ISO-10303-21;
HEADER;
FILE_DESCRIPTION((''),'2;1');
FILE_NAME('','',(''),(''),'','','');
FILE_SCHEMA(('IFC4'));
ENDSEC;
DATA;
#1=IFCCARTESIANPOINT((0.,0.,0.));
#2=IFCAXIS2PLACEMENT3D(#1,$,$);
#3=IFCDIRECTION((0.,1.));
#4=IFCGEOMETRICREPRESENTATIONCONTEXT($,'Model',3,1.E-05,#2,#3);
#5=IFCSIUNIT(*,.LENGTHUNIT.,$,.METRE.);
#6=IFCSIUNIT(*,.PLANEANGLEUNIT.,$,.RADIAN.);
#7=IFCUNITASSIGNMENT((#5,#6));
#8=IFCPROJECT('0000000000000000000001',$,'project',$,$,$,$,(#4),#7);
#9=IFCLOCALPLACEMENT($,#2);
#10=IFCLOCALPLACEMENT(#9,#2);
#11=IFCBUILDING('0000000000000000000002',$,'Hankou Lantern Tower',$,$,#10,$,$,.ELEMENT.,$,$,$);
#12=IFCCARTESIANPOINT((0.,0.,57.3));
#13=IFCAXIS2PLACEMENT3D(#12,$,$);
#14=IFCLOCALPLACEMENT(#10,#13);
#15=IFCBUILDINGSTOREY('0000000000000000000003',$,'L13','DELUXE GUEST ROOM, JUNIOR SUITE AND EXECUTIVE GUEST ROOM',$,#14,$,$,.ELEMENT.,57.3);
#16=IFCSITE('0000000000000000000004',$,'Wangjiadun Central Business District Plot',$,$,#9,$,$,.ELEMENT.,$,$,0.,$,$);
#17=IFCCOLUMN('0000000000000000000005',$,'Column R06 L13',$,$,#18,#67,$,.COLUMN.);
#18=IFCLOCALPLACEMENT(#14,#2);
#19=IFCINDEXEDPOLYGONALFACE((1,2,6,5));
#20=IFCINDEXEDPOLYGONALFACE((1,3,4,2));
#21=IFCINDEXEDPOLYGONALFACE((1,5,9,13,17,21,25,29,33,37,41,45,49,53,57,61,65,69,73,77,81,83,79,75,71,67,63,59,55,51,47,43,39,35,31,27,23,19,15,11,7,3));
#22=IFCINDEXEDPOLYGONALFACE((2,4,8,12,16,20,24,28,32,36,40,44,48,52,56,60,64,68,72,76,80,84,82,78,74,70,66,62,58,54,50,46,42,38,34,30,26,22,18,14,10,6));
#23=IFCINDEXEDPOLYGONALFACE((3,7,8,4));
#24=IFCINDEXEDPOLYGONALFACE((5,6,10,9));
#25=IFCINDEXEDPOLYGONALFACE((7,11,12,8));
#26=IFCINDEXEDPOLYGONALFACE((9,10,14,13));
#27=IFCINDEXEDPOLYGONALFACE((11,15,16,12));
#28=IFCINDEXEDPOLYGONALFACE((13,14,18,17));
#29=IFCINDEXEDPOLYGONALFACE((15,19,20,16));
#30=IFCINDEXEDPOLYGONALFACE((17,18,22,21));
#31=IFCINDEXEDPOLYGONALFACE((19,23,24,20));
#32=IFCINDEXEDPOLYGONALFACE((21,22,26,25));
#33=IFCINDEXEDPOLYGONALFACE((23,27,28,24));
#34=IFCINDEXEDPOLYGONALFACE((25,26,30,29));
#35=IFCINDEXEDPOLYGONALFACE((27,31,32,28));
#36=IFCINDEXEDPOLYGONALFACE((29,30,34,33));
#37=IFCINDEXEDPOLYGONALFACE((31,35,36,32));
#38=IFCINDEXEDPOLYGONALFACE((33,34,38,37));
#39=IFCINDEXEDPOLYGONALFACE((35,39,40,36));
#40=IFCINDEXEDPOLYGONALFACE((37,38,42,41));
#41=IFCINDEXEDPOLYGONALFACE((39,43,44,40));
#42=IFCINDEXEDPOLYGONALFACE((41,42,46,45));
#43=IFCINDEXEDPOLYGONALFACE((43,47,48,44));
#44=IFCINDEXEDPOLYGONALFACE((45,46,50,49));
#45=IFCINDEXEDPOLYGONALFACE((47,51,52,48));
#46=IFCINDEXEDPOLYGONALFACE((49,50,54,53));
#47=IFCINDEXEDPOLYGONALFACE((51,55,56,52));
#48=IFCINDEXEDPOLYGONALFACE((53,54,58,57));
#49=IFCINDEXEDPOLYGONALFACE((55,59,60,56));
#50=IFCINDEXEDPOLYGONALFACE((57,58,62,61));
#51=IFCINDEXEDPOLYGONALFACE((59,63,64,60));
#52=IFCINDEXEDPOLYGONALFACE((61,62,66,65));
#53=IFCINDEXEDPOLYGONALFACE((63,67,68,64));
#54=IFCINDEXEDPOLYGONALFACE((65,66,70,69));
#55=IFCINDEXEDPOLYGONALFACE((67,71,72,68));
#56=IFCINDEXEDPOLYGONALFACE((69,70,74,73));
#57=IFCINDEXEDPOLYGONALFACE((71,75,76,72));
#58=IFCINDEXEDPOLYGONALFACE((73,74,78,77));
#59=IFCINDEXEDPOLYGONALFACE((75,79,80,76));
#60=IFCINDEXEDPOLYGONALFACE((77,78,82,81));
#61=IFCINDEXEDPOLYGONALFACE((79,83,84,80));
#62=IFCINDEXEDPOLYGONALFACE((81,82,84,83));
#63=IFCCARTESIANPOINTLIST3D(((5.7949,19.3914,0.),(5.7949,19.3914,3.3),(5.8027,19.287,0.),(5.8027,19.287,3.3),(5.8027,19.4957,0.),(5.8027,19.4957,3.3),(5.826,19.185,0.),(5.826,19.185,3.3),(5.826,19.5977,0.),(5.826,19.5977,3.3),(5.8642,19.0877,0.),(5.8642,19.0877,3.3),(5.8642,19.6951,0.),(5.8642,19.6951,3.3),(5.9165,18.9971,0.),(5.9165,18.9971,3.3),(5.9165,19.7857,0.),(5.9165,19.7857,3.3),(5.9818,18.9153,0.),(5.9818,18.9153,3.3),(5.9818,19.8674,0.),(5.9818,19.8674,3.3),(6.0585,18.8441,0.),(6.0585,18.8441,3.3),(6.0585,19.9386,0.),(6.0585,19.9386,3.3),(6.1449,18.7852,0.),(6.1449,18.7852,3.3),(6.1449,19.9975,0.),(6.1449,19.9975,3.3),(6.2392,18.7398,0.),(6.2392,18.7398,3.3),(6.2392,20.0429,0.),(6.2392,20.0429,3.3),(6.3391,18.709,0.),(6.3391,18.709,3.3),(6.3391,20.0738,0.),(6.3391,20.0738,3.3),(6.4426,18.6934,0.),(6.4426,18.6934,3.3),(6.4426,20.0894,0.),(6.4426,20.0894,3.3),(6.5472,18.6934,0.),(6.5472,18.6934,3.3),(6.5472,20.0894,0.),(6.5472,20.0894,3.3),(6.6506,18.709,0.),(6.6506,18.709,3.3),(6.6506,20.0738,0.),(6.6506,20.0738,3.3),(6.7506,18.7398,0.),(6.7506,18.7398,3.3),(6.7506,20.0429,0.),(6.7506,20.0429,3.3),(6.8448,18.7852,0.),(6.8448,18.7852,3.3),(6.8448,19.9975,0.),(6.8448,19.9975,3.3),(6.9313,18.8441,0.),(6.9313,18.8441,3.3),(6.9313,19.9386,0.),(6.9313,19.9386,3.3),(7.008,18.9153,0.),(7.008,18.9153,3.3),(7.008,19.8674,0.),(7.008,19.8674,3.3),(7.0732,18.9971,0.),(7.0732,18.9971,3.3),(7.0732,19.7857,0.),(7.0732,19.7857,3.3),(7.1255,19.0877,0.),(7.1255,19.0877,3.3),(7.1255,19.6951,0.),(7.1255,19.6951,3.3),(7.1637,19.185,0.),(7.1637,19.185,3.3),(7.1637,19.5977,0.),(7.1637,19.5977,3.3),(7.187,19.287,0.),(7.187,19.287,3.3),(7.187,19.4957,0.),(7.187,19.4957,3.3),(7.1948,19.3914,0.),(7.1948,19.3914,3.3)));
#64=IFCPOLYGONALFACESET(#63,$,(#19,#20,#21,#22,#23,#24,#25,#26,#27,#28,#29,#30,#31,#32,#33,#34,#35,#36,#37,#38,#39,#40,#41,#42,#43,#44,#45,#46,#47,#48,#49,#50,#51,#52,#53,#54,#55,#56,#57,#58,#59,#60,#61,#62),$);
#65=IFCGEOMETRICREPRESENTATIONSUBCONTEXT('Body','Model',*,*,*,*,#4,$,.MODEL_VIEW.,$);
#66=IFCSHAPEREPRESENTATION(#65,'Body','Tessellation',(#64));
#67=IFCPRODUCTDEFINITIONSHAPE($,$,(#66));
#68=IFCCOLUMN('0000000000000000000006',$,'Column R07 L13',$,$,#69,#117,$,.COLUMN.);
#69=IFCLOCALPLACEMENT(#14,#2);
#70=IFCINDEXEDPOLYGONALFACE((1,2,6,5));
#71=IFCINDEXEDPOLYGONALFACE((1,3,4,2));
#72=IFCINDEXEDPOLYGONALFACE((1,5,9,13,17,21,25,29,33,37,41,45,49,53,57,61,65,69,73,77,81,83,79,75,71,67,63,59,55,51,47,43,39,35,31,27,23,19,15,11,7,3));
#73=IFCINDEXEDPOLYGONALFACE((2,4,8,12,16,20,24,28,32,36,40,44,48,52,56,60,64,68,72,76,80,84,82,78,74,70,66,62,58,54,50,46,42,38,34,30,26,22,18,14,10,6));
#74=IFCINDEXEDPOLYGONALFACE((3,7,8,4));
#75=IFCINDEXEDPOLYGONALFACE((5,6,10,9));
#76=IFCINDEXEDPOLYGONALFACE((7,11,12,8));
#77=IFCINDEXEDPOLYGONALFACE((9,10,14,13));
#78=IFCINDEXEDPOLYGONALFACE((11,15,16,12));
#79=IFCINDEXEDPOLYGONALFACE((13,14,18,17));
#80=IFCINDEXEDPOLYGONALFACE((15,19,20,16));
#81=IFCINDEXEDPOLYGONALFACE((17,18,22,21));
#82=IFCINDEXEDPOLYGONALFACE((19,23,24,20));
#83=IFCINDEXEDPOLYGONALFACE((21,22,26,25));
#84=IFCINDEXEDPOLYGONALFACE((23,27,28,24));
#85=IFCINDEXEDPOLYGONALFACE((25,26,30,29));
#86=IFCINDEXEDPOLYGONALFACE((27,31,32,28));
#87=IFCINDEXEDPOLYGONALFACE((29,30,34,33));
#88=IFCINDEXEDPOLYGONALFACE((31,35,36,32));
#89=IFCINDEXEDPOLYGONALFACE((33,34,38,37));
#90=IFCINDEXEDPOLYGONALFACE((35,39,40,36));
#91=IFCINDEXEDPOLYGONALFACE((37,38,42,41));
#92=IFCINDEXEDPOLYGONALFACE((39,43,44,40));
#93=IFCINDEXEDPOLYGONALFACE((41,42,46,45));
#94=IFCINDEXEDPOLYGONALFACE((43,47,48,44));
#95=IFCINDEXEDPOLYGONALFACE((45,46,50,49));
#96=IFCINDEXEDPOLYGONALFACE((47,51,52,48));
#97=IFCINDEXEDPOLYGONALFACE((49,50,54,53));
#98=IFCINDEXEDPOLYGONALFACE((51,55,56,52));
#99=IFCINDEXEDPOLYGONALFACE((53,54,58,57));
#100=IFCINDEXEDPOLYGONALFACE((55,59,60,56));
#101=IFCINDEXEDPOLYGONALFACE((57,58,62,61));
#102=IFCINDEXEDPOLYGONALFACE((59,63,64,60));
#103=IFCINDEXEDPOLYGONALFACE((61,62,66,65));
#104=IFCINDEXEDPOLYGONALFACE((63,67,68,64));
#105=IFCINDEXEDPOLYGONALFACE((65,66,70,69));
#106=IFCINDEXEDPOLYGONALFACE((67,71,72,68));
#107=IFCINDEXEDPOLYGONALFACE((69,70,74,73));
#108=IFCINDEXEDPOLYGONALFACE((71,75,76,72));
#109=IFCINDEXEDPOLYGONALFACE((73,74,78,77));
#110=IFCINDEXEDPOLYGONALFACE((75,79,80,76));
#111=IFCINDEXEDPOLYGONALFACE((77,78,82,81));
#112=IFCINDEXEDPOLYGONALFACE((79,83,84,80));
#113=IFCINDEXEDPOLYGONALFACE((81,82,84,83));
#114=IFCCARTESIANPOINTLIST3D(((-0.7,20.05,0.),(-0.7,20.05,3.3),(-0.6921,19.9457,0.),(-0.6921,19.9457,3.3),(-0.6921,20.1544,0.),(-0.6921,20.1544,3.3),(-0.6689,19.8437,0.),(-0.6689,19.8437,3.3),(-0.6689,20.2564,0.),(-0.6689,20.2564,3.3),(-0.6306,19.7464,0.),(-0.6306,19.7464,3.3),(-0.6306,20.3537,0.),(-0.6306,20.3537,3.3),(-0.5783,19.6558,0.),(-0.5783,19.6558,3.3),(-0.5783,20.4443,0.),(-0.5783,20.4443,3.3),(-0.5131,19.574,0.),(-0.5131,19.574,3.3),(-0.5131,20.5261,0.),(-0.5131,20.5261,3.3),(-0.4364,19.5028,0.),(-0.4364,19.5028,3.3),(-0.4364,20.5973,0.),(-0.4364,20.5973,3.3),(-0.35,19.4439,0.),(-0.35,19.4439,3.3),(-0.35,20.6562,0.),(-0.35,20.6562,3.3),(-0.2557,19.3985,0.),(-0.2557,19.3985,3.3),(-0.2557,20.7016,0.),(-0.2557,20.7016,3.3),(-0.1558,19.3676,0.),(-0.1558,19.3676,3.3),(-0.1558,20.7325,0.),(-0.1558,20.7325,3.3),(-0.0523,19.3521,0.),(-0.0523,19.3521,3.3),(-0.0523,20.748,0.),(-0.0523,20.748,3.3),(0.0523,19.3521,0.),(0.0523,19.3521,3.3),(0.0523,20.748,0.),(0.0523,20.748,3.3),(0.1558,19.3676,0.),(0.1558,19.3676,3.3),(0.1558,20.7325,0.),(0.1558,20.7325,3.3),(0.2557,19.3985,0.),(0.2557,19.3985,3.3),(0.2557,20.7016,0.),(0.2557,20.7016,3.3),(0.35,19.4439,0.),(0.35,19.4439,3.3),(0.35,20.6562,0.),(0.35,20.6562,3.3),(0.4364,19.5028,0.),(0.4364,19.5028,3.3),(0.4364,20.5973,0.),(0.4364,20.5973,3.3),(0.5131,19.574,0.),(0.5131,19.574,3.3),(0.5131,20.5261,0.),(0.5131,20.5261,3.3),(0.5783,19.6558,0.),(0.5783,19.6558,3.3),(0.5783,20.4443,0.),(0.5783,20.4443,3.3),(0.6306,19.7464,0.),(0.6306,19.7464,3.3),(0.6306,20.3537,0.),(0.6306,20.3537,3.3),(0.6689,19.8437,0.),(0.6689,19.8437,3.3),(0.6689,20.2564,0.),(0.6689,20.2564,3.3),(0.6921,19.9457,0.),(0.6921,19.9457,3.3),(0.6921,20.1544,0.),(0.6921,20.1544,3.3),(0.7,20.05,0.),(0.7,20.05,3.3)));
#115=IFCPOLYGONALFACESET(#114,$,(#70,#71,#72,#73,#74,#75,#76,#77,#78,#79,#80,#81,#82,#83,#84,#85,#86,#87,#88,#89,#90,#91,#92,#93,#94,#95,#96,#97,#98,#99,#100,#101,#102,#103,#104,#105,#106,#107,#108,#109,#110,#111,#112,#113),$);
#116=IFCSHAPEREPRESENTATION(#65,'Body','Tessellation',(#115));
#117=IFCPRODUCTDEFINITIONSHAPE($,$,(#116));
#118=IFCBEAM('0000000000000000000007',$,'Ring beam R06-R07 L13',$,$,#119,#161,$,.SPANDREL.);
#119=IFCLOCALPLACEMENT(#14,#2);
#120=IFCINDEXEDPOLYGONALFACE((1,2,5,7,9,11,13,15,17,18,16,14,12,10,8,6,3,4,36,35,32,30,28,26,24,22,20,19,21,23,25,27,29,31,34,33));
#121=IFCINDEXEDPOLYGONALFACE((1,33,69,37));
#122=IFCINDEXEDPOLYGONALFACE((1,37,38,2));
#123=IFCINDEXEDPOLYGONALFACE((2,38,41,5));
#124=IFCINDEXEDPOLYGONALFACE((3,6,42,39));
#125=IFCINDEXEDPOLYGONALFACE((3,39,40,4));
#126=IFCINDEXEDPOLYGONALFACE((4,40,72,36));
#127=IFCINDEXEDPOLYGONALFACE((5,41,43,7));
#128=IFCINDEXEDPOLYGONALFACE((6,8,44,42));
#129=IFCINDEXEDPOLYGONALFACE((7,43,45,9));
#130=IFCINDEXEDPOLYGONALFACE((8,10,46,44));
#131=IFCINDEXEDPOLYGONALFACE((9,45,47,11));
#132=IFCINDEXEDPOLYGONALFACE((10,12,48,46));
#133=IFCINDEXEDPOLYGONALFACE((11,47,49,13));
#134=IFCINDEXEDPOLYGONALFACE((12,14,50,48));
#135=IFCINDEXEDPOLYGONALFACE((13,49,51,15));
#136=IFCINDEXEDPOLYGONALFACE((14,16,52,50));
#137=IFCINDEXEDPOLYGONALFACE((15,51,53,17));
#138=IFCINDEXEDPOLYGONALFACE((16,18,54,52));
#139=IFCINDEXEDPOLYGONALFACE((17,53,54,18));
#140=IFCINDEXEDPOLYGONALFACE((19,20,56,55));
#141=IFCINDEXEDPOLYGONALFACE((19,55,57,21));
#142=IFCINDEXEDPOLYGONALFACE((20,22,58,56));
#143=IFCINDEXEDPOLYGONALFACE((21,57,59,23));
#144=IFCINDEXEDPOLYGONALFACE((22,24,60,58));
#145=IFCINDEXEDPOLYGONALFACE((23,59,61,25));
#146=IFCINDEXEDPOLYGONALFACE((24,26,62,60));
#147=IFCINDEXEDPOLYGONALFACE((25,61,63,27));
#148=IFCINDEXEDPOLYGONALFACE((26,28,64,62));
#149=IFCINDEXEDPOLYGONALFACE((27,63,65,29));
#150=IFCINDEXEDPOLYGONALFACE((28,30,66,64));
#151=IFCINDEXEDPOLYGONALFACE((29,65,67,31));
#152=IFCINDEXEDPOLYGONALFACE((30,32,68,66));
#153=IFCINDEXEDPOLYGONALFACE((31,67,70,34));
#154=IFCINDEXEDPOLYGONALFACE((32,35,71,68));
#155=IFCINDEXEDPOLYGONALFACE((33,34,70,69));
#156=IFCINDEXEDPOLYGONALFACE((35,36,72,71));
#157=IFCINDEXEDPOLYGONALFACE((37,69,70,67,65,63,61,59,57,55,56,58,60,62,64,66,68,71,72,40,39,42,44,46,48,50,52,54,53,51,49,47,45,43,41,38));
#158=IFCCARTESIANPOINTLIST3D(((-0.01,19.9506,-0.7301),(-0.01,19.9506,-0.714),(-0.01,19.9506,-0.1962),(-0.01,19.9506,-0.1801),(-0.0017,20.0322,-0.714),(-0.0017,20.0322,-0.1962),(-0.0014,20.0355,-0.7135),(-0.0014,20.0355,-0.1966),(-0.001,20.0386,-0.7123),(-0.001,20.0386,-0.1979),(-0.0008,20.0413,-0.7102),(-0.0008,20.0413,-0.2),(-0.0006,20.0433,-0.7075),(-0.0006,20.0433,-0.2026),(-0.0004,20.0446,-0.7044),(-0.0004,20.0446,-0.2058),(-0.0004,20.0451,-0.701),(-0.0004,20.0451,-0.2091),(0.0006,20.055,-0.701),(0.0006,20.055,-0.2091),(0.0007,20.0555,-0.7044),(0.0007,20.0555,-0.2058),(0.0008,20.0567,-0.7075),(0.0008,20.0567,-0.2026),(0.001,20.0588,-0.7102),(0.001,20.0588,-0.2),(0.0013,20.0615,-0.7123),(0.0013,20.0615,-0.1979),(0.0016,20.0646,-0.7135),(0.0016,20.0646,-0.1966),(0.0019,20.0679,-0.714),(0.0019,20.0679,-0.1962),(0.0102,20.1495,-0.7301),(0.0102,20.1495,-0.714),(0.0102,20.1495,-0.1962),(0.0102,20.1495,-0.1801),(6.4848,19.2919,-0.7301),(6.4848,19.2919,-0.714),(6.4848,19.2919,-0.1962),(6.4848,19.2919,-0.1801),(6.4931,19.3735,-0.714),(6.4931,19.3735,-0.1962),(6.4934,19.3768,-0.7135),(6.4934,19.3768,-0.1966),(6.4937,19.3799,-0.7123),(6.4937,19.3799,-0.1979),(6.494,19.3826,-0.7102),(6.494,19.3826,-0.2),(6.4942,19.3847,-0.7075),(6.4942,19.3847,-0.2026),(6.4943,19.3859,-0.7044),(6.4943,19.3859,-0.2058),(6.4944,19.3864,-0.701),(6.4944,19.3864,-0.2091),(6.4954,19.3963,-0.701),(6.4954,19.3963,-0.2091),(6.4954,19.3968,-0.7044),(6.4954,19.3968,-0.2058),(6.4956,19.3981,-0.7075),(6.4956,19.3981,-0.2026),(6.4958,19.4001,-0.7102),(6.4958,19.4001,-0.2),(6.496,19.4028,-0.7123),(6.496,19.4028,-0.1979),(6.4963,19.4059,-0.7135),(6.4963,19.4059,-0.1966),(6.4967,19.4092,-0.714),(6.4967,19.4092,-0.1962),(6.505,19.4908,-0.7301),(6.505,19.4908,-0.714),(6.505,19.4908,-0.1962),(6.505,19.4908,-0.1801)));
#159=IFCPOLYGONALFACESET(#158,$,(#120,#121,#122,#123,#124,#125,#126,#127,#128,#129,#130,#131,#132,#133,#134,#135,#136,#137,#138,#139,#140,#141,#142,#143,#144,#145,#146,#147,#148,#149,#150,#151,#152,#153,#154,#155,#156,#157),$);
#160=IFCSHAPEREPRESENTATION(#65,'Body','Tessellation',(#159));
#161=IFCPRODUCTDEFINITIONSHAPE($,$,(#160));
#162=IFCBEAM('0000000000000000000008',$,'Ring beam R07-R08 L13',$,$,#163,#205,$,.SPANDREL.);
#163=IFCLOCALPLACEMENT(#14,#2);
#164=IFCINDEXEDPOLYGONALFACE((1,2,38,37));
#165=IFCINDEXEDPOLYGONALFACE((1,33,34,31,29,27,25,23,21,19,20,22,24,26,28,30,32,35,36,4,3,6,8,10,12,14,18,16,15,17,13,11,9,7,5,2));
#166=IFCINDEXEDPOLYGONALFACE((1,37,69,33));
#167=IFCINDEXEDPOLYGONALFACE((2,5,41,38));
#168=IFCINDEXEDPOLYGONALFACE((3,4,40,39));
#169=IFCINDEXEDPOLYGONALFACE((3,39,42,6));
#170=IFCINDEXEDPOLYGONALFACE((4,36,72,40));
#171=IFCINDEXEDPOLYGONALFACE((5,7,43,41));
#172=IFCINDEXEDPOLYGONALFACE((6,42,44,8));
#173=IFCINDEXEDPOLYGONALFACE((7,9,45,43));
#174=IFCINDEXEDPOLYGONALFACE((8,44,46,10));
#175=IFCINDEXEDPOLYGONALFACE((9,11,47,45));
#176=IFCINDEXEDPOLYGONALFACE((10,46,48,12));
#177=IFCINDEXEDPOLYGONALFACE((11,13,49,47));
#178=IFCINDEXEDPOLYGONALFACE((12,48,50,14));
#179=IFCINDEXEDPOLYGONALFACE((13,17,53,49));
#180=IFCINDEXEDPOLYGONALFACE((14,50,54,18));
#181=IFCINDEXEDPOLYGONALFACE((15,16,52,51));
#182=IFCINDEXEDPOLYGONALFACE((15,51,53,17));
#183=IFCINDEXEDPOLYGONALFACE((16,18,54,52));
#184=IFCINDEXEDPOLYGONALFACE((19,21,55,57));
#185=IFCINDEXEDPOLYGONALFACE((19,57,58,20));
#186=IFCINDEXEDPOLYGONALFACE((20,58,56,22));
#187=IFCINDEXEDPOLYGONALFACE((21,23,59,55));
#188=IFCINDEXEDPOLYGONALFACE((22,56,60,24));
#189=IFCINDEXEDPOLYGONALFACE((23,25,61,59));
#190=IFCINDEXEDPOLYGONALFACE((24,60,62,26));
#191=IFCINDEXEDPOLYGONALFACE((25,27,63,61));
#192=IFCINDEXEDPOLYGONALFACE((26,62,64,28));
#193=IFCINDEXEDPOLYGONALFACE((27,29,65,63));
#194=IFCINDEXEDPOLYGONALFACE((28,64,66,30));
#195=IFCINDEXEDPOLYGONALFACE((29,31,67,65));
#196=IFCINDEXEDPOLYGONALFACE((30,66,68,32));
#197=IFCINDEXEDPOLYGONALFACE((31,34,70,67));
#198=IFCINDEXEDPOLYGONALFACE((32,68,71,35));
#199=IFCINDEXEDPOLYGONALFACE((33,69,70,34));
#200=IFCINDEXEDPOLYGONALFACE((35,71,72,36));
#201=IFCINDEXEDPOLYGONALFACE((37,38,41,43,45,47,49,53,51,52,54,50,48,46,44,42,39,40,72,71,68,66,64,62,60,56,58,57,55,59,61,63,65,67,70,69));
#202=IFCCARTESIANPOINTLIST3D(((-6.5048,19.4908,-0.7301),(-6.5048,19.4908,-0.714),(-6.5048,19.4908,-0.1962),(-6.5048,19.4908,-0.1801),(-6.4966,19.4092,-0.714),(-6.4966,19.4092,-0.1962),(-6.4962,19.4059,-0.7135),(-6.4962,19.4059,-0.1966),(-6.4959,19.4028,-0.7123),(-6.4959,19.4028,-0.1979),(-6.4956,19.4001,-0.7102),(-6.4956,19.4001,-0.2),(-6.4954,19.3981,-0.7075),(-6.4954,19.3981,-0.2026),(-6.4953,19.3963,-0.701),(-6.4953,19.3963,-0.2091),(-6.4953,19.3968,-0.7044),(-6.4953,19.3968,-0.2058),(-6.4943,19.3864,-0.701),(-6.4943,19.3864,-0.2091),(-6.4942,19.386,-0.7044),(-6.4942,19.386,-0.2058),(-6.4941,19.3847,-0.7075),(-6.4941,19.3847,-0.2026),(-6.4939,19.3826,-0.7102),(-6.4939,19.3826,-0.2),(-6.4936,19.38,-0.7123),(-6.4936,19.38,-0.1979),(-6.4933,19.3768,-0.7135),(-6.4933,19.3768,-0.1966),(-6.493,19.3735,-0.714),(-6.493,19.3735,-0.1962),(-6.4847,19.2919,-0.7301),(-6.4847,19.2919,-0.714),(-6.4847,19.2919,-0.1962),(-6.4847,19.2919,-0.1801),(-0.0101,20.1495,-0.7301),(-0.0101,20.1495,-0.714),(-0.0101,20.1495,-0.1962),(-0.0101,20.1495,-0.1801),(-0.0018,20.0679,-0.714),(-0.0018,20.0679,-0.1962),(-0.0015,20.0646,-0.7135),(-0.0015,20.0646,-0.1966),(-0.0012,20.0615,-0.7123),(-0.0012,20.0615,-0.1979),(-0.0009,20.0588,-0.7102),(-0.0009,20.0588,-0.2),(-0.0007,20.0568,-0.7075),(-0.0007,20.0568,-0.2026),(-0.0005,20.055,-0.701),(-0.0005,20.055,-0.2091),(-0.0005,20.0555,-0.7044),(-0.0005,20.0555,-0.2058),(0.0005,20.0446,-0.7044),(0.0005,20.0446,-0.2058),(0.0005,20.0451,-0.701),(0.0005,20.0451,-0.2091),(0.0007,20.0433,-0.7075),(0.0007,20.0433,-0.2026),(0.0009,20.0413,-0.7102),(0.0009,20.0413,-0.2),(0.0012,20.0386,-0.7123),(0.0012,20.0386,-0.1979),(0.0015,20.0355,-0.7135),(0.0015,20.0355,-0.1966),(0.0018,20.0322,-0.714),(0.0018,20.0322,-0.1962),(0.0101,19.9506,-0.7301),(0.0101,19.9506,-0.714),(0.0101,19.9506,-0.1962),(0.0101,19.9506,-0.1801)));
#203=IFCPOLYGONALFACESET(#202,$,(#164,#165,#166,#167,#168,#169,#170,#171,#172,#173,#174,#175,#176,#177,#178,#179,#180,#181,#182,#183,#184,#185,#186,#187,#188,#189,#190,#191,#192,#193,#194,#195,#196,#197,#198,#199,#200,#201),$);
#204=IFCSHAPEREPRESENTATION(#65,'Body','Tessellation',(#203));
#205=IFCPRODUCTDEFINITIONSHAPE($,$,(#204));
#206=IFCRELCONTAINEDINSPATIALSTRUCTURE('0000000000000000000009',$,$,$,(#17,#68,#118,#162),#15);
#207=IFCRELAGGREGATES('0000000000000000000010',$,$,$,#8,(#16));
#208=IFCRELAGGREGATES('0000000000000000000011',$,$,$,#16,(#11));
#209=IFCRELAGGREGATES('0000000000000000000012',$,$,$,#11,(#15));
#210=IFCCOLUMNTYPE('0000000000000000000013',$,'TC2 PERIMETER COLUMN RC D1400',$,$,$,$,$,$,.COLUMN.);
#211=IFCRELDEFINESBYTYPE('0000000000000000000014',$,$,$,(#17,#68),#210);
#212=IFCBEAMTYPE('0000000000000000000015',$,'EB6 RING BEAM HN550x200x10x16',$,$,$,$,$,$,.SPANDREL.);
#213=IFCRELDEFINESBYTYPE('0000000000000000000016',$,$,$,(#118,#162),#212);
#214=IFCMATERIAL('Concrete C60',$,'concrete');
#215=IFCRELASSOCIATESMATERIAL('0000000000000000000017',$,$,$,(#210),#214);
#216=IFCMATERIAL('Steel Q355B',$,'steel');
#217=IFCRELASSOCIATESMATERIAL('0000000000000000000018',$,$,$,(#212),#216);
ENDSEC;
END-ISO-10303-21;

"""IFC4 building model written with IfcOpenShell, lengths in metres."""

from ifc_helpers import new_model, si_unit, direction, frame, origin, origin_2d, place, context, subcontext, project, spatial, circle, i_section, extrude, material, material_profile, profile_set, type_object, element, save


model = new_model("IFC4")

# Units and contexts
model_context = context("Model", 3, precision=1e-05, world=origin(), true_north=direction((0.0, 1.0)))
body_context = subcontext(model_context, "Body", "Model", "MODEL_VIEW")
ifc_project = project(units=[si_unit("LENGTHUNIT", "METRE"), si_unit("PLANEANGLEUNIT", "RADIAN")], contexts=[model_context])

# Site, building, storey
site_placement = place(None, origin())
site = spatial("IfcSite", under=ifc_project, at=site_placement, Name="Wangjiadun Central Business District Plot", CompositionType="ELEMENT", RefElevation=0.0)
building_placement = place(site_placement, origin())
building = spatial("IfcBuilding", under=site, at=building_placement, Name="Hankou Lantern Tower", CompositionType="ELEMENT")
storey_placement = place(building_placement, frame((0.0, 0.0, 57.3)))
storey = spatial("IfcBuildingStorey", under=building, at=storey_placement, Name="L13", Description="DELUXE GUEST ROOM, JUNIOR SUITE AND EXECUTIVE GUEST ROOM", CompositionType="ELEMENT", Elevation=57.3)

# Columns
ifc_material_1 = material(Name="Concrete C60", Category="concrete")
ifc_material_profile_1 = material_profile(ifc_material_1, circle(Radius=0.7, at=origin_2d()), Name="RC D1400")
ifc_profile_set_1 = profile_set([ifc_material_profile_1], Name="Concrete C60")
column_type = type_object("IfcColumnType", Name="TC2 PERIMETER COLUMN RC D1400", PredefinedType="COLUMN", material=ifc_profile_set_1)
for number, where, z_axis, x_axis, name in (
    (1, (6.4949, 19.3914, 0.0), (0.0, 0.0, 1.0), (1.0, 0.0, 0.0), "Column R06 L13"),
    (2, (0.0, 20.05, 0.0), (0.0, 0.0, 1.0), (1.0, 0.0, 0.0), "Column R07 L13"),
):
    element("IfcColumn", number, at=place(storey_placement, frame(where, z_axis=z_axis, x_axis=x_axis)), inside=storey, type_object=column_type, Name=name, PredefinedType="COLUMN", context=body_context, shape_type="SweptSolid", body=[
        extrude(circle(Radius=0.7, at=origin_2d()), origin(), (0.0, 0.0, 1.0), 3.3),
    ])

# Beams
ifc_material_2 = material(Name="Steel Q355B", Category="steel")
ifc_material_profile_2 = material_profile(ifc_material_2, i_section(OverallWidth=0.2, OverallDepth=0.55, WebThickness=0.01, FlangeThickness=0.0161, FilletRadius=0.0129, at=origin_2d()), Name="HN550x200x10x16")
ifc_profile_set_2 = profile_set([ifc_material_profile_2], Name="Steel Q355B")
beam_type_1 = type_object("IfcBeamType", Name="EB6 RING BEAM HN550x200x10x16", PredefinedType="SPANDREL", material=ifc_profile_set_2)
for number, where, z_axis, x_axis, name in (
    (3, (6.4949, 19.3914, -0.4551), (-0.994897, 0.1009, 0.0), (-0.1009, -0.994897, 0.0), "Ring beam R06-R07 L13"),
    (4, (0.0, 20.05, -0.4551), (-0.994897, -0.1009, 0.0), (0.1009, -0.994897, 0.0), "Ring beam R07-R08 L13"),
):
    element("IfcBeam", number, at=place(storey_placement, frame(where, z_axis=z_axis, x_axis=x_axis)), inside=storey, type_object=beam_type_1, Name=name, PredefinedType="SPANDREL", context=body_context, shape_type="SweptSolid", body=[
        extrude(i_section(OverallWidth=0.2, OverallDepth=0.55, WebThickness=0.01, FlangeThickness=0.0161, FilletRadius=0.0129, at=origin_2d()), origin(), (0.0, 0.0, 1.0), 6.5281),
    ])

save(model, "model.ifc")
